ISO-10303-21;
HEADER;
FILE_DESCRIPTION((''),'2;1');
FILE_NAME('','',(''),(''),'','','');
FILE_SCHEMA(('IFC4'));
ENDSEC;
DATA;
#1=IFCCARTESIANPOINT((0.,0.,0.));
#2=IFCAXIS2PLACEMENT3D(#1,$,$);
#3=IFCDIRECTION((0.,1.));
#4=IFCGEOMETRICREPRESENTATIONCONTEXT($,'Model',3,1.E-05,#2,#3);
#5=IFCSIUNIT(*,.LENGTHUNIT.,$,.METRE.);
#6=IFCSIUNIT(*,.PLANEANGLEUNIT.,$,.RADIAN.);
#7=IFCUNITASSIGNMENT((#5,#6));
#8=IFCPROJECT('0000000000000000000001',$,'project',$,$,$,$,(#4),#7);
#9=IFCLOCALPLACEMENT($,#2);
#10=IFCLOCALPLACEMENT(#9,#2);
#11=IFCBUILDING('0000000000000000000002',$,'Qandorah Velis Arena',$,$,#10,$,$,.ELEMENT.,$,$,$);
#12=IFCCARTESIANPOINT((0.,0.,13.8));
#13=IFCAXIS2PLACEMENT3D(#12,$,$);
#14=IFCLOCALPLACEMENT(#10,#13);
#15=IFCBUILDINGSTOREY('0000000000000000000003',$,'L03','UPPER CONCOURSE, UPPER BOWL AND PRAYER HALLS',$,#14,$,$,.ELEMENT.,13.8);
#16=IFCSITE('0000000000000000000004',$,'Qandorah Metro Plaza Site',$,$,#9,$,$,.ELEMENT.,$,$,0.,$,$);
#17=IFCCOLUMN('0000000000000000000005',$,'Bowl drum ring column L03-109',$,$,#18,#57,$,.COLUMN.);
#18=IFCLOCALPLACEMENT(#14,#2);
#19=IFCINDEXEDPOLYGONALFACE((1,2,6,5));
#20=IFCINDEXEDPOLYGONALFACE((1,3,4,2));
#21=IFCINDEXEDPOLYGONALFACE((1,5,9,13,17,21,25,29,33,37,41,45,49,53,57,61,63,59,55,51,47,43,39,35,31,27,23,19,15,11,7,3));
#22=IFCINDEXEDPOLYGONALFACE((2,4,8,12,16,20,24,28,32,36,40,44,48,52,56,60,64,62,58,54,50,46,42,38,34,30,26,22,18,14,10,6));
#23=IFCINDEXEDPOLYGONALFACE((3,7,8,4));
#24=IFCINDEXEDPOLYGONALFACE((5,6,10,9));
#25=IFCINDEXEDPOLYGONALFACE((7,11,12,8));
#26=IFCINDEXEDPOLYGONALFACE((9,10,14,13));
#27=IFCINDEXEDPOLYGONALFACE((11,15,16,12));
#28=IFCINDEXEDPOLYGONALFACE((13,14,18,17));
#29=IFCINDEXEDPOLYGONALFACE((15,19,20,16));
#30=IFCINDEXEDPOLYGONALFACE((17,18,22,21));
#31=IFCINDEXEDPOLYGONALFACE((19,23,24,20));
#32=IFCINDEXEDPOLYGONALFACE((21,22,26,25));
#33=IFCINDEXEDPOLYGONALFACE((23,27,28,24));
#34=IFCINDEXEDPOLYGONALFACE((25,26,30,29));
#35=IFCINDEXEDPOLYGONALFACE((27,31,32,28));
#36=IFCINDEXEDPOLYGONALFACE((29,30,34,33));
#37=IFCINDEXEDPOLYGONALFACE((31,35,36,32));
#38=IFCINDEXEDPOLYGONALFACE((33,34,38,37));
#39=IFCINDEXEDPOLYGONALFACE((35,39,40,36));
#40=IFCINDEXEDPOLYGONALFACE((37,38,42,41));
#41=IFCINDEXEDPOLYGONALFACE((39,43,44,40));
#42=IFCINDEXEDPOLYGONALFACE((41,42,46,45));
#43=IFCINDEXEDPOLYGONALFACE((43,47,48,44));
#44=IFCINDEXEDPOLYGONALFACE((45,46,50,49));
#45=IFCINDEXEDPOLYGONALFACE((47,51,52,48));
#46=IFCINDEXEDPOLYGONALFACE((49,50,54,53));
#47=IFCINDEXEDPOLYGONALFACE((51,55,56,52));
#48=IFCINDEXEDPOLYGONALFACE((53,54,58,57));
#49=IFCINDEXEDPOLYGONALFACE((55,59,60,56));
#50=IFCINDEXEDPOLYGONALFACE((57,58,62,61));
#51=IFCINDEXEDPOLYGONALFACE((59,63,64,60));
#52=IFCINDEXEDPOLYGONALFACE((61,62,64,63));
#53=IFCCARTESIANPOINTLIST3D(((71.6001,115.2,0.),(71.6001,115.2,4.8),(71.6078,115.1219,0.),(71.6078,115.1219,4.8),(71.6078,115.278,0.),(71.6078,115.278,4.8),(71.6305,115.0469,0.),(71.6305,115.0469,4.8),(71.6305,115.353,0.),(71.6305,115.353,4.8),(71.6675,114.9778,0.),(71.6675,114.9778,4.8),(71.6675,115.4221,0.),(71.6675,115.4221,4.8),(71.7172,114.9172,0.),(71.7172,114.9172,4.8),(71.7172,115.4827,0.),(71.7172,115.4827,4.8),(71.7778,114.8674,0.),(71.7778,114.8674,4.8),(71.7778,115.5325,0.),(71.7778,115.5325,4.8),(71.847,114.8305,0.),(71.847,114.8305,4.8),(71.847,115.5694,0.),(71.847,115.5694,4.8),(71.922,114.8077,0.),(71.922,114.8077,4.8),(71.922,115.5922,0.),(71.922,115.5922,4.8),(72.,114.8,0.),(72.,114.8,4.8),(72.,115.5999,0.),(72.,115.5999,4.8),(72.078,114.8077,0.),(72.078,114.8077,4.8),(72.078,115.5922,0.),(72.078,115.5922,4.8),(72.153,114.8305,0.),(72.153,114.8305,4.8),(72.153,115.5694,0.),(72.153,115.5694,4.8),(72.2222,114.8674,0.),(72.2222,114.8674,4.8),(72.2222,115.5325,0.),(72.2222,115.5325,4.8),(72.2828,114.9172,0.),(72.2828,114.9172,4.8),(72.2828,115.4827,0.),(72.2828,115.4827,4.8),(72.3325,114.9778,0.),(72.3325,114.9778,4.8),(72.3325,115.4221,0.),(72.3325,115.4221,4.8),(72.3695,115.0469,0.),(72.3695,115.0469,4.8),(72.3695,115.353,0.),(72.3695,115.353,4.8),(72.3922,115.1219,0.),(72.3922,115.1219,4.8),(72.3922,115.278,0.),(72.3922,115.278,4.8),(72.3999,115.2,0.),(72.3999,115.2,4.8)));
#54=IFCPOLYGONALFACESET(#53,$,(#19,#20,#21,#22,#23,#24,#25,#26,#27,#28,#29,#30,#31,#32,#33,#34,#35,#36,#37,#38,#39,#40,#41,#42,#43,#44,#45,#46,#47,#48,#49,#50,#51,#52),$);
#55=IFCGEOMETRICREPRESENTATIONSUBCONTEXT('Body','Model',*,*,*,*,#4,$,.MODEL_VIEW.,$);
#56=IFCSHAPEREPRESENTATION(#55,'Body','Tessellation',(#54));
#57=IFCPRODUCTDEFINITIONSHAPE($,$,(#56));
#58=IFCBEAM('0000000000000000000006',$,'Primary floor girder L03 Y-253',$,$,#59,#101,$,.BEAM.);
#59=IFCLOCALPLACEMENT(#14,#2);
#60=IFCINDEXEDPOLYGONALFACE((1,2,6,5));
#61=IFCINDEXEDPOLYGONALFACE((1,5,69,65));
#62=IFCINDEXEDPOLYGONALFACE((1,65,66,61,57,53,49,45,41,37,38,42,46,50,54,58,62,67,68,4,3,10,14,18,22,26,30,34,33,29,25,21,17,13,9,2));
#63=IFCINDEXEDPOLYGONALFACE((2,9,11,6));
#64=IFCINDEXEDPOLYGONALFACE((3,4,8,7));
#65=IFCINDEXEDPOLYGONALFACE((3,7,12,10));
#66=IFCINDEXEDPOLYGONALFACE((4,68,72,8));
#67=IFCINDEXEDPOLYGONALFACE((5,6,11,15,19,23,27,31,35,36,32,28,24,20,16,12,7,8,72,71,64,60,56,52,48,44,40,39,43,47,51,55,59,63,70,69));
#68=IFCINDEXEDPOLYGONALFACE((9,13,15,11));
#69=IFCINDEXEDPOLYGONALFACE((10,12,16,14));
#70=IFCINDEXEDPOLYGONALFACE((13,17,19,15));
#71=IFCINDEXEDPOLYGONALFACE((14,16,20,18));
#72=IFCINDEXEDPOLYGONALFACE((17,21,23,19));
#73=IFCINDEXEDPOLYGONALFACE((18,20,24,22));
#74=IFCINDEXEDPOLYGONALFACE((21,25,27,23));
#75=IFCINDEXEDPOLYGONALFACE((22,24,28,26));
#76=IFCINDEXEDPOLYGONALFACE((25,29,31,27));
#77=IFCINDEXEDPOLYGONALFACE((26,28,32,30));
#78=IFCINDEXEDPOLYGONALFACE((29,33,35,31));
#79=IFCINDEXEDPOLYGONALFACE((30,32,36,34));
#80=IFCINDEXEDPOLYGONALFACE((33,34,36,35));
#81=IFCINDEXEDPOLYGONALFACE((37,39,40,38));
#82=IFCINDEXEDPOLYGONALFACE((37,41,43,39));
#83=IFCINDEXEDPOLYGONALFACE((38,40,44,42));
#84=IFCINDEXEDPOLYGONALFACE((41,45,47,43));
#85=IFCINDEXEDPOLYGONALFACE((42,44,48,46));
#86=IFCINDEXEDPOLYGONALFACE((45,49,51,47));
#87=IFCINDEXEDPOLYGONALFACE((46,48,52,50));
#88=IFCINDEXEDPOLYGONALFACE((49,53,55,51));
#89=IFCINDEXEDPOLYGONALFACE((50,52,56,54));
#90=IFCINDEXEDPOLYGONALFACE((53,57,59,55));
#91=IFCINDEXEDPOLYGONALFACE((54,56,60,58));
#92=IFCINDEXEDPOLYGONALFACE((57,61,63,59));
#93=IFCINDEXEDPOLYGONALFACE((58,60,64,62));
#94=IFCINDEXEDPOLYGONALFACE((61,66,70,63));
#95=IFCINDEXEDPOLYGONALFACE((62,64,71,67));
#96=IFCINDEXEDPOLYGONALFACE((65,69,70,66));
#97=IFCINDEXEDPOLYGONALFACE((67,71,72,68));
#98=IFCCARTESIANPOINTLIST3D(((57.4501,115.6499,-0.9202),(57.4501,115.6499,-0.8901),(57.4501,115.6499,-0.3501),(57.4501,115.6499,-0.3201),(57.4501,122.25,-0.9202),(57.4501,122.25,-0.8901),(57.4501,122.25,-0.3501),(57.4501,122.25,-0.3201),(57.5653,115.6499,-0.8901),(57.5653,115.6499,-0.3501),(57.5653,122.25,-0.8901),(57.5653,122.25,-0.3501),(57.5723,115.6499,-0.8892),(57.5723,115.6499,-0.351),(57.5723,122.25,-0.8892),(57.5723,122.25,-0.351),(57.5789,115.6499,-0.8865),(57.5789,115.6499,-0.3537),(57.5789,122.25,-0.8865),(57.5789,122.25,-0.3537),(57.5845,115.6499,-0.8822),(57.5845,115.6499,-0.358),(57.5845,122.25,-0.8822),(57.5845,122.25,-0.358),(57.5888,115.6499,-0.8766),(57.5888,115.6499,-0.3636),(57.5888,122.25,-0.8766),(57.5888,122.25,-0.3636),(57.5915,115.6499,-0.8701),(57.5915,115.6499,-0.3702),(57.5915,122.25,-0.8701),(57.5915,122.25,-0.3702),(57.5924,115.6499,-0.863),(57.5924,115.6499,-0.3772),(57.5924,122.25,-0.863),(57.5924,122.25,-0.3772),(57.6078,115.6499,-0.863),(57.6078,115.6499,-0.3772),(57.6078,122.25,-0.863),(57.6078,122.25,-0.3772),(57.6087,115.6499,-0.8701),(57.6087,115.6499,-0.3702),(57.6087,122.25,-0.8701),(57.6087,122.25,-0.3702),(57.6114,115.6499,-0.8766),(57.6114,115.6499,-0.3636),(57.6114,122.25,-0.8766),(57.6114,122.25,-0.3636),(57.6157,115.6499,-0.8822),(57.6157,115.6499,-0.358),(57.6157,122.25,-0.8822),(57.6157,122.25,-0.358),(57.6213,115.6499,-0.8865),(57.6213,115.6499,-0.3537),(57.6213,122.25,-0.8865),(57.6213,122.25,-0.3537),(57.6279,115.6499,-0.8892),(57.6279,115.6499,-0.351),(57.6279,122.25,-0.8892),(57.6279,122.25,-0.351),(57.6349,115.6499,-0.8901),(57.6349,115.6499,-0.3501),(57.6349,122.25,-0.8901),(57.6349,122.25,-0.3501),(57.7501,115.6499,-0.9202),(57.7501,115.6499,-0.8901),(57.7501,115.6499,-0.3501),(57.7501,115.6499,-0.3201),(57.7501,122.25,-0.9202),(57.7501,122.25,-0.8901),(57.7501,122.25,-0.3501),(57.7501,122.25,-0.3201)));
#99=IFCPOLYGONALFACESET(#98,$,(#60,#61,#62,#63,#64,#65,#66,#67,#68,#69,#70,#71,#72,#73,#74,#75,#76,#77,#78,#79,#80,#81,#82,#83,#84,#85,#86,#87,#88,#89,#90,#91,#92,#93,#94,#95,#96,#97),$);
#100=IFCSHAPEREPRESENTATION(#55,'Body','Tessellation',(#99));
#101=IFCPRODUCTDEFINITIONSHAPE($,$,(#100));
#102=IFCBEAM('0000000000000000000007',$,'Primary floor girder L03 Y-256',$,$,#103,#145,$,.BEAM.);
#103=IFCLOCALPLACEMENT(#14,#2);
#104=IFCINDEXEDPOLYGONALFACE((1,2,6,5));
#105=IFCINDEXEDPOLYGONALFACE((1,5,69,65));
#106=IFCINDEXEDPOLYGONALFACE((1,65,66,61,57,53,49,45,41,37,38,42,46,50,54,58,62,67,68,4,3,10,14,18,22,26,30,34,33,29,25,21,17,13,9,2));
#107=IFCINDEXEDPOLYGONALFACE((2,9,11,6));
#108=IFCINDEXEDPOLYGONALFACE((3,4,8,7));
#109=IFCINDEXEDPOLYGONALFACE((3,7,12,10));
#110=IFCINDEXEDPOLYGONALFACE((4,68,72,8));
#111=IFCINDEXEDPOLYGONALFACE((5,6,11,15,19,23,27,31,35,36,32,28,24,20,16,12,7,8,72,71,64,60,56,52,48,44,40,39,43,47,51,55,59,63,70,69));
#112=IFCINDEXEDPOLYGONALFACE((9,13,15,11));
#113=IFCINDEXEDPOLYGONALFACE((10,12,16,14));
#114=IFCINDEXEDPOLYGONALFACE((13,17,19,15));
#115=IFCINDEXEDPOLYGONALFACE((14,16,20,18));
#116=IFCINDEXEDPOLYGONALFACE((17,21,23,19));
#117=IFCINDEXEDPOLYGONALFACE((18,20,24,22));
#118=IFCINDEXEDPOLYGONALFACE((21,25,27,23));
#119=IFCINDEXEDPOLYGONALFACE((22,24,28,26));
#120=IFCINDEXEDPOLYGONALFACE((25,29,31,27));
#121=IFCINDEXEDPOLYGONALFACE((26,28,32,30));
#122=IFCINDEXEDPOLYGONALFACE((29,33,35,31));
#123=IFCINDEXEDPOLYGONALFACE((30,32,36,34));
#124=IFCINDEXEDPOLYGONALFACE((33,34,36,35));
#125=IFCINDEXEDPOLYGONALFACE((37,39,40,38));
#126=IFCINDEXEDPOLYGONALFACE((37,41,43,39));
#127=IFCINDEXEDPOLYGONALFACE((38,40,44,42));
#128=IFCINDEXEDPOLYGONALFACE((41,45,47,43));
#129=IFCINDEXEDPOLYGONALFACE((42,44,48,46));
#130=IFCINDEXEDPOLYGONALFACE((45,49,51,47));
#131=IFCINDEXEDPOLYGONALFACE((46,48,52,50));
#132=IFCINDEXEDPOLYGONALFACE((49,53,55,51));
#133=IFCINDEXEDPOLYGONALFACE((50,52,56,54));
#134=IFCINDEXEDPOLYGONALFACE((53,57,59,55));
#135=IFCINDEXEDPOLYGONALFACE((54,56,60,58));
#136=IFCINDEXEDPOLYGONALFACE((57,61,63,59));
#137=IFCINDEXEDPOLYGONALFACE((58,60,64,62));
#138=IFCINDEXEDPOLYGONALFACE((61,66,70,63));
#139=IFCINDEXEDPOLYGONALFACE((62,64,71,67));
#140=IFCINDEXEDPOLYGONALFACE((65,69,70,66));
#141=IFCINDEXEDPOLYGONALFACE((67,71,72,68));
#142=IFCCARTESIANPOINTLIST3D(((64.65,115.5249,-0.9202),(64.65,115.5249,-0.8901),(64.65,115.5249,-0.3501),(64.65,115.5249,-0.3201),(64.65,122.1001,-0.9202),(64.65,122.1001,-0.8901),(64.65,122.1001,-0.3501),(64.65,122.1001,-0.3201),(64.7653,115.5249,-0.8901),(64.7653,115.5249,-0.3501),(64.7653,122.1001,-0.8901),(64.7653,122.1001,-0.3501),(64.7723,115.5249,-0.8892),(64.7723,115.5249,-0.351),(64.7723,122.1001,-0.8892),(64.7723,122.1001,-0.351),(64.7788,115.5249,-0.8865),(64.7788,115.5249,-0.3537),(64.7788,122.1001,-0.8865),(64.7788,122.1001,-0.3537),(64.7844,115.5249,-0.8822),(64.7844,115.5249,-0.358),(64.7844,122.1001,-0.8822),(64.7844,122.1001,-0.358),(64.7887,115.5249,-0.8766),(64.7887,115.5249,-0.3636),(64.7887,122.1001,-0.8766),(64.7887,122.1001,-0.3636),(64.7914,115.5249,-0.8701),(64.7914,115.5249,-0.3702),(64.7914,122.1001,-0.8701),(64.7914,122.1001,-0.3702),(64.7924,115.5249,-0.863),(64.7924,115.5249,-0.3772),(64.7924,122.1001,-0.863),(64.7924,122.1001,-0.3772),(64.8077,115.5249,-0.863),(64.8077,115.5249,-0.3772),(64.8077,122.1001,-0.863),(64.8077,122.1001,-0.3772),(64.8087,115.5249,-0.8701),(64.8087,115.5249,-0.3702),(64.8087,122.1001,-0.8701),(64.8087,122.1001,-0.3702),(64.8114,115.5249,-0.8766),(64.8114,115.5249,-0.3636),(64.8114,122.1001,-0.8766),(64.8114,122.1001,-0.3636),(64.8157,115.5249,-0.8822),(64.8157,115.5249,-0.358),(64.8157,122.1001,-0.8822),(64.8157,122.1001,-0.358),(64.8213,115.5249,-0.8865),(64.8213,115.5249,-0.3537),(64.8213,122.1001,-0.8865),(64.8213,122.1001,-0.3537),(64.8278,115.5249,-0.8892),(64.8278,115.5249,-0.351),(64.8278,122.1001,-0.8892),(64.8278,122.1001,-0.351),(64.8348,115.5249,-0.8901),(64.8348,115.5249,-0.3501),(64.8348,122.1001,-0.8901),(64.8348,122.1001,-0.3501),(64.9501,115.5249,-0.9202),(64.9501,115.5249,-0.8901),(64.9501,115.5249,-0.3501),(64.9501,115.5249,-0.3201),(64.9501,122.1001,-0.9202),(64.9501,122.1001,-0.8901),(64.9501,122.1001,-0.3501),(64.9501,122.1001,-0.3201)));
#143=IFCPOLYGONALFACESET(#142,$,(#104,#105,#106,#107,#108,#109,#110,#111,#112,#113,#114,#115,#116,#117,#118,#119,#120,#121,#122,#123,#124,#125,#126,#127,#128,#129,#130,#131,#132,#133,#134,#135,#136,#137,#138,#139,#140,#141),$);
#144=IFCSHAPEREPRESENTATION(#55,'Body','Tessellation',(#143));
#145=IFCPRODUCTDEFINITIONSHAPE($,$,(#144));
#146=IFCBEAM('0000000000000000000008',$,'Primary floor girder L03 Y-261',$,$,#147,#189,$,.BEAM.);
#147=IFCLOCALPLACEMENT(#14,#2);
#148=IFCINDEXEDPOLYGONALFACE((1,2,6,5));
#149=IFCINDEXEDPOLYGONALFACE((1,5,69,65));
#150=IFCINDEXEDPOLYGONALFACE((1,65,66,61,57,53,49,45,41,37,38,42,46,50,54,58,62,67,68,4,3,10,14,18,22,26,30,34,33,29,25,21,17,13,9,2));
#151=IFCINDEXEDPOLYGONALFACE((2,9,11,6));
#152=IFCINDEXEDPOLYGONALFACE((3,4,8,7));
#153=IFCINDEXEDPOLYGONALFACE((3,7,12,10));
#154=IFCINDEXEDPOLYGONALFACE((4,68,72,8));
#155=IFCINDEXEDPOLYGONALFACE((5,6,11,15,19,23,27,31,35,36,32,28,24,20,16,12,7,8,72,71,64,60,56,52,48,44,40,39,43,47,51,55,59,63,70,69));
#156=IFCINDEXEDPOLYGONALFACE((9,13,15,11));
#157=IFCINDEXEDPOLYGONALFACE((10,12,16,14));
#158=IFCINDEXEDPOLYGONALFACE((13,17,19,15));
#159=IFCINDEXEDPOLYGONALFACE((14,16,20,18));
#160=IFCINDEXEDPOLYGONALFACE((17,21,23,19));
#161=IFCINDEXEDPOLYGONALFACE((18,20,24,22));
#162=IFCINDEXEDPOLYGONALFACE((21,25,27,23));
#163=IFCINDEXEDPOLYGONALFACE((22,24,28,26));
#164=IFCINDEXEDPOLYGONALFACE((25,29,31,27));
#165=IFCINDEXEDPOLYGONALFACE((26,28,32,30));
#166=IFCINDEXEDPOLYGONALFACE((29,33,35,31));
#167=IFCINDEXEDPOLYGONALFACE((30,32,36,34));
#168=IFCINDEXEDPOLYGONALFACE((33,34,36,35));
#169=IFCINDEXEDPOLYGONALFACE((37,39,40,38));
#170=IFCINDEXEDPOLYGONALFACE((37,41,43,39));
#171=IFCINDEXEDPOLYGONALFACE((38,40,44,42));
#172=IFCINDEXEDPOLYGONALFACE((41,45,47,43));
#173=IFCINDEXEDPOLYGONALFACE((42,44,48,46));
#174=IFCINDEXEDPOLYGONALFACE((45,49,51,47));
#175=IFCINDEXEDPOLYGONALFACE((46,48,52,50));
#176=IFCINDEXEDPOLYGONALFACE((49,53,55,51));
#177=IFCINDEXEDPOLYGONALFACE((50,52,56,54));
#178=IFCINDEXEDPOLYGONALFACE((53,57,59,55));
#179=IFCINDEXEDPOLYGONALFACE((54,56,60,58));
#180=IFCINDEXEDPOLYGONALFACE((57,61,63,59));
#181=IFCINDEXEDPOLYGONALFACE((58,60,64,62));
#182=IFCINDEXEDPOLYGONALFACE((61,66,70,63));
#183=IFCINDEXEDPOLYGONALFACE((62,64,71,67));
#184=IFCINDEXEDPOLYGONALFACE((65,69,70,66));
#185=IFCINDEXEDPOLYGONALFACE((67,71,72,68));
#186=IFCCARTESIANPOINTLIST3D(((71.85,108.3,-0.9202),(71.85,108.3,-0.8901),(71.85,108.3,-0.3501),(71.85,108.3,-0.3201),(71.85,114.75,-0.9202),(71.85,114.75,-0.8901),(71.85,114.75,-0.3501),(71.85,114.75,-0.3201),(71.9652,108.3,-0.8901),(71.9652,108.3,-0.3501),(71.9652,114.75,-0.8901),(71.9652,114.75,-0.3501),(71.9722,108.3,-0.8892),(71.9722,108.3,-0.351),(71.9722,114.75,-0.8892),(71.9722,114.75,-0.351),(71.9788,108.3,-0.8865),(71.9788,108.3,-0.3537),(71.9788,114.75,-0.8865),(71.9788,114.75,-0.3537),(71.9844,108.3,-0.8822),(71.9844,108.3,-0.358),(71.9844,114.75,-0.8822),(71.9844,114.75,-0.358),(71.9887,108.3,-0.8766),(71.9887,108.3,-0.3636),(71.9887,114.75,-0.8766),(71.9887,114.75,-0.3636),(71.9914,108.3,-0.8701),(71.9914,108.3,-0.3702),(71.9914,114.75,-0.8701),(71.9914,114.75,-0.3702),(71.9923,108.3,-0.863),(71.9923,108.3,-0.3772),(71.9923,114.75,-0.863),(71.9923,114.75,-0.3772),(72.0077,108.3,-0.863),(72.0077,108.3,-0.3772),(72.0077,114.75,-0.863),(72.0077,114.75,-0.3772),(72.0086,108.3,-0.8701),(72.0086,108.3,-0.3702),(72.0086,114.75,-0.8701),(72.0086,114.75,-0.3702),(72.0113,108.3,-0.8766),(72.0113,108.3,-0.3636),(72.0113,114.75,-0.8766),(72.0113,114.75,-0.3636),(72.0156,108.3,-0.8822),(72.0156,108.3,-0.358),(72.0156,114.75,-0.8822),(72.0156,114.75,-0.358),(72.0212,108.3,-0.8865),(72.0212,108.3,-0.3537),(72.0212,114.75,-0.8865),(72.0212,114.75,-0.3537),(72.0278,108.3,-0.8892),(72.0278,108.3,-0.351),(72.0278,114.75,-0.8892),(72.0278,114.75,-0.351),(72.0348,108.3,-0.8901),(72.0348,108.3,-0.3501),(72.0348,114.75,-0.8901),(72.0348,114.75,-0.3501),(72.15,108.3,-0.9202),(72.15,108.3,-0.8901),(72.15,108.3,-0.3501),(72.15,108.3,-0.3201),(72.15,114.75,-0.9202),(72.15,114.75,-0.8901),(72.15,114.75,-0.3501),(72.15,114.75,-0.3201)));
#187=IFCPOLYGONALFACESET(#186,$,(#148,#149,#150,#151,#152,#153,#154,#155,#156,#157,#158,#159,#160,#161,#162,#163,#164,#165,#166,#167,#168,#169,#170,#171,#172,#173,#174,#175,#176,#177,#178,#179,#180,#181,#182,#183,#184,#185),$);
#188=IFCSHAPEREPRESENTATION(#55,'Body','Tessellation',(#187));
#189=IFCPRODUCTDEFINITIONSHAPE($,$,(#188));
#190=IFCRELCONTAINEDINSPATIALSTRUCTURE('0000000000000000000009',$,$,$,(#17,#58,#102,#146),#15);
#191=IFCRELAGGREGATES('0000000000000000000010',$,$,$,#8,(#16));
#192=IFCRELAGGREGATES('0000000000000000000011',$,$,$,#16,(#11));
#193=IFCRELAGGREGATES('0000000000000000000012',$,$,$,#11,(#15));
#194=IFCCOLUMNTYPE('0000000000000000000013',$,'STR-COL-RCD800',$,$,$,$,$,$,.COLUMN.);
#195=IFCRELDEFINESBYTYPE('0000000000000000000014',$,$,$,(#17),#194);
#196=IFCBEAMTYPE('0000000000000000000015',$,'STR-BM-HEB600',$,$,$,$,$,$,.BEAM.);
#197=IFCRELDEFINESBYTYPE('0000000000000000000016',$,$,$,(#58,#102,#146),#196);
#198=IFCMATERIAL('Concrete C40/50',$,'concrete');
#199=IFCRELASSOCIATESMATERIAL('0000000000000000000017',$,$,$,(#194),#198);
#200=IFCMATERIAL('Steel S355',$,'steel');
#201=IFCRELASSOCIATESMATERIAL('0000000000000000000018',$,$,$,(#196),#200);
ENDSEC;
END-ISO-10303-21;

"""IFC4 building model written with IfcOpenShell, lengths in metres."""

from ifc_helpers import new_model, si_unit, direction, frame, origin, origin_2d, place, context, subcontext, project, spatial, circle, i_section, extrude, material, material_profile, profile_set, type_object, element, save


model = new_model("IFC4")

# Units and contexts
model_context = context("Model", 3, precision=1e-05, world=origin(), true_north=direction((0.0, 1.0)))
body_context = subcontext(model_context, "Body", "Model", "MODEL_VIEW")
ifc_project = project(units=[si_unit("LENGTHUNIT", "METRE"), si_unit("PLANEANGLEUNIT", "RADIAN")], contexts=[model_context])

# Site, building, storey
site_placement = place(None, origin())
site = spatial("IfcSite", under=ifc_project, at=site_placement, Name="Qandorah Metro Plaza Site", CompositionType="ELEMENT", RefElevation=0.0)
building_placement = place(site_placement, origin())
building = spatial("IfcBuilding", under=site, at=building_placement, Name="Qandorah Velis Arena", CompositionType="ELEMENT")
storey_placement = place(building_placement, frame((0.0, 0.0, 13.8)))
storey = spatial("IfcBuildingStorey", under=building, at=storey_placement, Name="L03", Description="UPPER CONCOURSE, UPPER BOWL AND PRAYER HALLS", CompositionType="ELEMENT", Elevation=13.8)

# Column
ifc_material_1 = material(Name="Concrete C40/50", Category="concrete")
ifc_material_profile_1 = material_profile(ifc_material_1, circle(Radius=0.3999, at=origin_2d()), Name="RC D800")
ifc_profile_set_1 = profile_set([ifc_material_profile_1], Name="Concrete C40/50")
column_type_1 = type_object("IfcColumnType", Name="STR-COL-RCD800", PredefinedType="COLUMN", material=ifc_profile_set_1)
for number, where, z_axis, x_axis, name in (
    (1, (72.0, 115.2, 0.0), (0.0, 0.0, 1.0), (1.0, 0.0, 0.0), "Bowl drum ring column L03-109"),
):
    element("IfcColumn", number, at=place(storey_placement, frame(where, z_axis=z_axis, x_axis=x_axis)), inside=storey, type_object=column_type_1, Name=name, PredefinedType="COLUMN", context=body_context, shape_type="SweptSolid", body=[
        extrude(circle(Radius=0.3999, at=origin_2d()), origin(), (0.0, 0.0, 1.0), 4.8),
    ])

# Beams
ifc_material_2 = material(Name="Steel S355", Category="steel")
ifc_material_profile_2 = material_profile(ifc_material_2, i_section(OverallWidth=0.3, OverallDepth=0.6001, WebThickness=0.0154, FlangeThickness=0.03, FilletRadius=0.0271, at=origin_2d()), Name="HEB 600")
ifc_profile_set_2 = profile_set([ifc_material_profile_2], Name="Steel S355")
beam_type_1 = type_object("IfcBeamType", Name="STR-BM-HEB600", PredefinedType="BEAM", material=ifc_profile_set_2)
beam_1_placement = place(storey_placement, frame((57.6001, 115.6499, -0.6201), z_axis=(0.0, 1.0, 0.0), x_axis=(-1.0, 0.0, 0.0)))
element("IfcBeam", 2, at=beam_1_placement, inside=storey, type_object=beam_type_1, Name="Primary floor girder L03 Y-253", PredefinedType="BEAM", context=body_context, shape_type="SweptSolid", body=[
    extrude(i_section(OverallWidth=0.3, OverallDepth=0.6001, WebThickness=0.0154, FlangeThickness=0.03, FilletRadius=0.0271, at=origin_2d()), origin(), (0.0, 0.0, 1.0), 6.6001),
])
beam_2_placement = place(storey_placement, frame((64.8, 115.5249, -0.6201), z_axis=(0.0, 1.0, 0.0), x_axis=(-1.0, 0.0, 0.0)))
element("IfcBeam", 3, at=beam_2_placement, inside=storey, type_object=beam_type_1, Name="Primary floor girder L03 Y-256", PredefinedType="BEAM", context=body_context, shape_type="SweptSolid", body=[
    extrude(i_section(OverallWidth=0.3, OverallDepth=0.6001, WebThickness=0.0154, FlangeThickness=0.03, FilletRadius=0.0271, at=origin_2d()), origin(), (0.0, 0.0, 1.0), 6.5752),
])
beam_3_placement = place(storey_placement, frame((72.0, 108.3, -0.6201), z_axis=(0.0, 1.0, 0.0), x_axis=(-1.0, 0.0, 0.0)))
element("IfcBeam", 4, at=beam_3_placement, inside=storey, type_object=beam_type_1, Name="Primary floor girder L03 Y-261", PredefinedType="BEAM", context=body_context, shape_type="SweptSolid", body=[
    extrude(i_section(OverallWidth=0.3, OverallDepth=0.6001, WebThickness=0.0154, FlangeThickness=0.03, FilletRadius=0.0271, at=origin_2d()), origin(), (0.0, 0.0, 1.0), 6.45),
])

save(model, "model.ifc")
